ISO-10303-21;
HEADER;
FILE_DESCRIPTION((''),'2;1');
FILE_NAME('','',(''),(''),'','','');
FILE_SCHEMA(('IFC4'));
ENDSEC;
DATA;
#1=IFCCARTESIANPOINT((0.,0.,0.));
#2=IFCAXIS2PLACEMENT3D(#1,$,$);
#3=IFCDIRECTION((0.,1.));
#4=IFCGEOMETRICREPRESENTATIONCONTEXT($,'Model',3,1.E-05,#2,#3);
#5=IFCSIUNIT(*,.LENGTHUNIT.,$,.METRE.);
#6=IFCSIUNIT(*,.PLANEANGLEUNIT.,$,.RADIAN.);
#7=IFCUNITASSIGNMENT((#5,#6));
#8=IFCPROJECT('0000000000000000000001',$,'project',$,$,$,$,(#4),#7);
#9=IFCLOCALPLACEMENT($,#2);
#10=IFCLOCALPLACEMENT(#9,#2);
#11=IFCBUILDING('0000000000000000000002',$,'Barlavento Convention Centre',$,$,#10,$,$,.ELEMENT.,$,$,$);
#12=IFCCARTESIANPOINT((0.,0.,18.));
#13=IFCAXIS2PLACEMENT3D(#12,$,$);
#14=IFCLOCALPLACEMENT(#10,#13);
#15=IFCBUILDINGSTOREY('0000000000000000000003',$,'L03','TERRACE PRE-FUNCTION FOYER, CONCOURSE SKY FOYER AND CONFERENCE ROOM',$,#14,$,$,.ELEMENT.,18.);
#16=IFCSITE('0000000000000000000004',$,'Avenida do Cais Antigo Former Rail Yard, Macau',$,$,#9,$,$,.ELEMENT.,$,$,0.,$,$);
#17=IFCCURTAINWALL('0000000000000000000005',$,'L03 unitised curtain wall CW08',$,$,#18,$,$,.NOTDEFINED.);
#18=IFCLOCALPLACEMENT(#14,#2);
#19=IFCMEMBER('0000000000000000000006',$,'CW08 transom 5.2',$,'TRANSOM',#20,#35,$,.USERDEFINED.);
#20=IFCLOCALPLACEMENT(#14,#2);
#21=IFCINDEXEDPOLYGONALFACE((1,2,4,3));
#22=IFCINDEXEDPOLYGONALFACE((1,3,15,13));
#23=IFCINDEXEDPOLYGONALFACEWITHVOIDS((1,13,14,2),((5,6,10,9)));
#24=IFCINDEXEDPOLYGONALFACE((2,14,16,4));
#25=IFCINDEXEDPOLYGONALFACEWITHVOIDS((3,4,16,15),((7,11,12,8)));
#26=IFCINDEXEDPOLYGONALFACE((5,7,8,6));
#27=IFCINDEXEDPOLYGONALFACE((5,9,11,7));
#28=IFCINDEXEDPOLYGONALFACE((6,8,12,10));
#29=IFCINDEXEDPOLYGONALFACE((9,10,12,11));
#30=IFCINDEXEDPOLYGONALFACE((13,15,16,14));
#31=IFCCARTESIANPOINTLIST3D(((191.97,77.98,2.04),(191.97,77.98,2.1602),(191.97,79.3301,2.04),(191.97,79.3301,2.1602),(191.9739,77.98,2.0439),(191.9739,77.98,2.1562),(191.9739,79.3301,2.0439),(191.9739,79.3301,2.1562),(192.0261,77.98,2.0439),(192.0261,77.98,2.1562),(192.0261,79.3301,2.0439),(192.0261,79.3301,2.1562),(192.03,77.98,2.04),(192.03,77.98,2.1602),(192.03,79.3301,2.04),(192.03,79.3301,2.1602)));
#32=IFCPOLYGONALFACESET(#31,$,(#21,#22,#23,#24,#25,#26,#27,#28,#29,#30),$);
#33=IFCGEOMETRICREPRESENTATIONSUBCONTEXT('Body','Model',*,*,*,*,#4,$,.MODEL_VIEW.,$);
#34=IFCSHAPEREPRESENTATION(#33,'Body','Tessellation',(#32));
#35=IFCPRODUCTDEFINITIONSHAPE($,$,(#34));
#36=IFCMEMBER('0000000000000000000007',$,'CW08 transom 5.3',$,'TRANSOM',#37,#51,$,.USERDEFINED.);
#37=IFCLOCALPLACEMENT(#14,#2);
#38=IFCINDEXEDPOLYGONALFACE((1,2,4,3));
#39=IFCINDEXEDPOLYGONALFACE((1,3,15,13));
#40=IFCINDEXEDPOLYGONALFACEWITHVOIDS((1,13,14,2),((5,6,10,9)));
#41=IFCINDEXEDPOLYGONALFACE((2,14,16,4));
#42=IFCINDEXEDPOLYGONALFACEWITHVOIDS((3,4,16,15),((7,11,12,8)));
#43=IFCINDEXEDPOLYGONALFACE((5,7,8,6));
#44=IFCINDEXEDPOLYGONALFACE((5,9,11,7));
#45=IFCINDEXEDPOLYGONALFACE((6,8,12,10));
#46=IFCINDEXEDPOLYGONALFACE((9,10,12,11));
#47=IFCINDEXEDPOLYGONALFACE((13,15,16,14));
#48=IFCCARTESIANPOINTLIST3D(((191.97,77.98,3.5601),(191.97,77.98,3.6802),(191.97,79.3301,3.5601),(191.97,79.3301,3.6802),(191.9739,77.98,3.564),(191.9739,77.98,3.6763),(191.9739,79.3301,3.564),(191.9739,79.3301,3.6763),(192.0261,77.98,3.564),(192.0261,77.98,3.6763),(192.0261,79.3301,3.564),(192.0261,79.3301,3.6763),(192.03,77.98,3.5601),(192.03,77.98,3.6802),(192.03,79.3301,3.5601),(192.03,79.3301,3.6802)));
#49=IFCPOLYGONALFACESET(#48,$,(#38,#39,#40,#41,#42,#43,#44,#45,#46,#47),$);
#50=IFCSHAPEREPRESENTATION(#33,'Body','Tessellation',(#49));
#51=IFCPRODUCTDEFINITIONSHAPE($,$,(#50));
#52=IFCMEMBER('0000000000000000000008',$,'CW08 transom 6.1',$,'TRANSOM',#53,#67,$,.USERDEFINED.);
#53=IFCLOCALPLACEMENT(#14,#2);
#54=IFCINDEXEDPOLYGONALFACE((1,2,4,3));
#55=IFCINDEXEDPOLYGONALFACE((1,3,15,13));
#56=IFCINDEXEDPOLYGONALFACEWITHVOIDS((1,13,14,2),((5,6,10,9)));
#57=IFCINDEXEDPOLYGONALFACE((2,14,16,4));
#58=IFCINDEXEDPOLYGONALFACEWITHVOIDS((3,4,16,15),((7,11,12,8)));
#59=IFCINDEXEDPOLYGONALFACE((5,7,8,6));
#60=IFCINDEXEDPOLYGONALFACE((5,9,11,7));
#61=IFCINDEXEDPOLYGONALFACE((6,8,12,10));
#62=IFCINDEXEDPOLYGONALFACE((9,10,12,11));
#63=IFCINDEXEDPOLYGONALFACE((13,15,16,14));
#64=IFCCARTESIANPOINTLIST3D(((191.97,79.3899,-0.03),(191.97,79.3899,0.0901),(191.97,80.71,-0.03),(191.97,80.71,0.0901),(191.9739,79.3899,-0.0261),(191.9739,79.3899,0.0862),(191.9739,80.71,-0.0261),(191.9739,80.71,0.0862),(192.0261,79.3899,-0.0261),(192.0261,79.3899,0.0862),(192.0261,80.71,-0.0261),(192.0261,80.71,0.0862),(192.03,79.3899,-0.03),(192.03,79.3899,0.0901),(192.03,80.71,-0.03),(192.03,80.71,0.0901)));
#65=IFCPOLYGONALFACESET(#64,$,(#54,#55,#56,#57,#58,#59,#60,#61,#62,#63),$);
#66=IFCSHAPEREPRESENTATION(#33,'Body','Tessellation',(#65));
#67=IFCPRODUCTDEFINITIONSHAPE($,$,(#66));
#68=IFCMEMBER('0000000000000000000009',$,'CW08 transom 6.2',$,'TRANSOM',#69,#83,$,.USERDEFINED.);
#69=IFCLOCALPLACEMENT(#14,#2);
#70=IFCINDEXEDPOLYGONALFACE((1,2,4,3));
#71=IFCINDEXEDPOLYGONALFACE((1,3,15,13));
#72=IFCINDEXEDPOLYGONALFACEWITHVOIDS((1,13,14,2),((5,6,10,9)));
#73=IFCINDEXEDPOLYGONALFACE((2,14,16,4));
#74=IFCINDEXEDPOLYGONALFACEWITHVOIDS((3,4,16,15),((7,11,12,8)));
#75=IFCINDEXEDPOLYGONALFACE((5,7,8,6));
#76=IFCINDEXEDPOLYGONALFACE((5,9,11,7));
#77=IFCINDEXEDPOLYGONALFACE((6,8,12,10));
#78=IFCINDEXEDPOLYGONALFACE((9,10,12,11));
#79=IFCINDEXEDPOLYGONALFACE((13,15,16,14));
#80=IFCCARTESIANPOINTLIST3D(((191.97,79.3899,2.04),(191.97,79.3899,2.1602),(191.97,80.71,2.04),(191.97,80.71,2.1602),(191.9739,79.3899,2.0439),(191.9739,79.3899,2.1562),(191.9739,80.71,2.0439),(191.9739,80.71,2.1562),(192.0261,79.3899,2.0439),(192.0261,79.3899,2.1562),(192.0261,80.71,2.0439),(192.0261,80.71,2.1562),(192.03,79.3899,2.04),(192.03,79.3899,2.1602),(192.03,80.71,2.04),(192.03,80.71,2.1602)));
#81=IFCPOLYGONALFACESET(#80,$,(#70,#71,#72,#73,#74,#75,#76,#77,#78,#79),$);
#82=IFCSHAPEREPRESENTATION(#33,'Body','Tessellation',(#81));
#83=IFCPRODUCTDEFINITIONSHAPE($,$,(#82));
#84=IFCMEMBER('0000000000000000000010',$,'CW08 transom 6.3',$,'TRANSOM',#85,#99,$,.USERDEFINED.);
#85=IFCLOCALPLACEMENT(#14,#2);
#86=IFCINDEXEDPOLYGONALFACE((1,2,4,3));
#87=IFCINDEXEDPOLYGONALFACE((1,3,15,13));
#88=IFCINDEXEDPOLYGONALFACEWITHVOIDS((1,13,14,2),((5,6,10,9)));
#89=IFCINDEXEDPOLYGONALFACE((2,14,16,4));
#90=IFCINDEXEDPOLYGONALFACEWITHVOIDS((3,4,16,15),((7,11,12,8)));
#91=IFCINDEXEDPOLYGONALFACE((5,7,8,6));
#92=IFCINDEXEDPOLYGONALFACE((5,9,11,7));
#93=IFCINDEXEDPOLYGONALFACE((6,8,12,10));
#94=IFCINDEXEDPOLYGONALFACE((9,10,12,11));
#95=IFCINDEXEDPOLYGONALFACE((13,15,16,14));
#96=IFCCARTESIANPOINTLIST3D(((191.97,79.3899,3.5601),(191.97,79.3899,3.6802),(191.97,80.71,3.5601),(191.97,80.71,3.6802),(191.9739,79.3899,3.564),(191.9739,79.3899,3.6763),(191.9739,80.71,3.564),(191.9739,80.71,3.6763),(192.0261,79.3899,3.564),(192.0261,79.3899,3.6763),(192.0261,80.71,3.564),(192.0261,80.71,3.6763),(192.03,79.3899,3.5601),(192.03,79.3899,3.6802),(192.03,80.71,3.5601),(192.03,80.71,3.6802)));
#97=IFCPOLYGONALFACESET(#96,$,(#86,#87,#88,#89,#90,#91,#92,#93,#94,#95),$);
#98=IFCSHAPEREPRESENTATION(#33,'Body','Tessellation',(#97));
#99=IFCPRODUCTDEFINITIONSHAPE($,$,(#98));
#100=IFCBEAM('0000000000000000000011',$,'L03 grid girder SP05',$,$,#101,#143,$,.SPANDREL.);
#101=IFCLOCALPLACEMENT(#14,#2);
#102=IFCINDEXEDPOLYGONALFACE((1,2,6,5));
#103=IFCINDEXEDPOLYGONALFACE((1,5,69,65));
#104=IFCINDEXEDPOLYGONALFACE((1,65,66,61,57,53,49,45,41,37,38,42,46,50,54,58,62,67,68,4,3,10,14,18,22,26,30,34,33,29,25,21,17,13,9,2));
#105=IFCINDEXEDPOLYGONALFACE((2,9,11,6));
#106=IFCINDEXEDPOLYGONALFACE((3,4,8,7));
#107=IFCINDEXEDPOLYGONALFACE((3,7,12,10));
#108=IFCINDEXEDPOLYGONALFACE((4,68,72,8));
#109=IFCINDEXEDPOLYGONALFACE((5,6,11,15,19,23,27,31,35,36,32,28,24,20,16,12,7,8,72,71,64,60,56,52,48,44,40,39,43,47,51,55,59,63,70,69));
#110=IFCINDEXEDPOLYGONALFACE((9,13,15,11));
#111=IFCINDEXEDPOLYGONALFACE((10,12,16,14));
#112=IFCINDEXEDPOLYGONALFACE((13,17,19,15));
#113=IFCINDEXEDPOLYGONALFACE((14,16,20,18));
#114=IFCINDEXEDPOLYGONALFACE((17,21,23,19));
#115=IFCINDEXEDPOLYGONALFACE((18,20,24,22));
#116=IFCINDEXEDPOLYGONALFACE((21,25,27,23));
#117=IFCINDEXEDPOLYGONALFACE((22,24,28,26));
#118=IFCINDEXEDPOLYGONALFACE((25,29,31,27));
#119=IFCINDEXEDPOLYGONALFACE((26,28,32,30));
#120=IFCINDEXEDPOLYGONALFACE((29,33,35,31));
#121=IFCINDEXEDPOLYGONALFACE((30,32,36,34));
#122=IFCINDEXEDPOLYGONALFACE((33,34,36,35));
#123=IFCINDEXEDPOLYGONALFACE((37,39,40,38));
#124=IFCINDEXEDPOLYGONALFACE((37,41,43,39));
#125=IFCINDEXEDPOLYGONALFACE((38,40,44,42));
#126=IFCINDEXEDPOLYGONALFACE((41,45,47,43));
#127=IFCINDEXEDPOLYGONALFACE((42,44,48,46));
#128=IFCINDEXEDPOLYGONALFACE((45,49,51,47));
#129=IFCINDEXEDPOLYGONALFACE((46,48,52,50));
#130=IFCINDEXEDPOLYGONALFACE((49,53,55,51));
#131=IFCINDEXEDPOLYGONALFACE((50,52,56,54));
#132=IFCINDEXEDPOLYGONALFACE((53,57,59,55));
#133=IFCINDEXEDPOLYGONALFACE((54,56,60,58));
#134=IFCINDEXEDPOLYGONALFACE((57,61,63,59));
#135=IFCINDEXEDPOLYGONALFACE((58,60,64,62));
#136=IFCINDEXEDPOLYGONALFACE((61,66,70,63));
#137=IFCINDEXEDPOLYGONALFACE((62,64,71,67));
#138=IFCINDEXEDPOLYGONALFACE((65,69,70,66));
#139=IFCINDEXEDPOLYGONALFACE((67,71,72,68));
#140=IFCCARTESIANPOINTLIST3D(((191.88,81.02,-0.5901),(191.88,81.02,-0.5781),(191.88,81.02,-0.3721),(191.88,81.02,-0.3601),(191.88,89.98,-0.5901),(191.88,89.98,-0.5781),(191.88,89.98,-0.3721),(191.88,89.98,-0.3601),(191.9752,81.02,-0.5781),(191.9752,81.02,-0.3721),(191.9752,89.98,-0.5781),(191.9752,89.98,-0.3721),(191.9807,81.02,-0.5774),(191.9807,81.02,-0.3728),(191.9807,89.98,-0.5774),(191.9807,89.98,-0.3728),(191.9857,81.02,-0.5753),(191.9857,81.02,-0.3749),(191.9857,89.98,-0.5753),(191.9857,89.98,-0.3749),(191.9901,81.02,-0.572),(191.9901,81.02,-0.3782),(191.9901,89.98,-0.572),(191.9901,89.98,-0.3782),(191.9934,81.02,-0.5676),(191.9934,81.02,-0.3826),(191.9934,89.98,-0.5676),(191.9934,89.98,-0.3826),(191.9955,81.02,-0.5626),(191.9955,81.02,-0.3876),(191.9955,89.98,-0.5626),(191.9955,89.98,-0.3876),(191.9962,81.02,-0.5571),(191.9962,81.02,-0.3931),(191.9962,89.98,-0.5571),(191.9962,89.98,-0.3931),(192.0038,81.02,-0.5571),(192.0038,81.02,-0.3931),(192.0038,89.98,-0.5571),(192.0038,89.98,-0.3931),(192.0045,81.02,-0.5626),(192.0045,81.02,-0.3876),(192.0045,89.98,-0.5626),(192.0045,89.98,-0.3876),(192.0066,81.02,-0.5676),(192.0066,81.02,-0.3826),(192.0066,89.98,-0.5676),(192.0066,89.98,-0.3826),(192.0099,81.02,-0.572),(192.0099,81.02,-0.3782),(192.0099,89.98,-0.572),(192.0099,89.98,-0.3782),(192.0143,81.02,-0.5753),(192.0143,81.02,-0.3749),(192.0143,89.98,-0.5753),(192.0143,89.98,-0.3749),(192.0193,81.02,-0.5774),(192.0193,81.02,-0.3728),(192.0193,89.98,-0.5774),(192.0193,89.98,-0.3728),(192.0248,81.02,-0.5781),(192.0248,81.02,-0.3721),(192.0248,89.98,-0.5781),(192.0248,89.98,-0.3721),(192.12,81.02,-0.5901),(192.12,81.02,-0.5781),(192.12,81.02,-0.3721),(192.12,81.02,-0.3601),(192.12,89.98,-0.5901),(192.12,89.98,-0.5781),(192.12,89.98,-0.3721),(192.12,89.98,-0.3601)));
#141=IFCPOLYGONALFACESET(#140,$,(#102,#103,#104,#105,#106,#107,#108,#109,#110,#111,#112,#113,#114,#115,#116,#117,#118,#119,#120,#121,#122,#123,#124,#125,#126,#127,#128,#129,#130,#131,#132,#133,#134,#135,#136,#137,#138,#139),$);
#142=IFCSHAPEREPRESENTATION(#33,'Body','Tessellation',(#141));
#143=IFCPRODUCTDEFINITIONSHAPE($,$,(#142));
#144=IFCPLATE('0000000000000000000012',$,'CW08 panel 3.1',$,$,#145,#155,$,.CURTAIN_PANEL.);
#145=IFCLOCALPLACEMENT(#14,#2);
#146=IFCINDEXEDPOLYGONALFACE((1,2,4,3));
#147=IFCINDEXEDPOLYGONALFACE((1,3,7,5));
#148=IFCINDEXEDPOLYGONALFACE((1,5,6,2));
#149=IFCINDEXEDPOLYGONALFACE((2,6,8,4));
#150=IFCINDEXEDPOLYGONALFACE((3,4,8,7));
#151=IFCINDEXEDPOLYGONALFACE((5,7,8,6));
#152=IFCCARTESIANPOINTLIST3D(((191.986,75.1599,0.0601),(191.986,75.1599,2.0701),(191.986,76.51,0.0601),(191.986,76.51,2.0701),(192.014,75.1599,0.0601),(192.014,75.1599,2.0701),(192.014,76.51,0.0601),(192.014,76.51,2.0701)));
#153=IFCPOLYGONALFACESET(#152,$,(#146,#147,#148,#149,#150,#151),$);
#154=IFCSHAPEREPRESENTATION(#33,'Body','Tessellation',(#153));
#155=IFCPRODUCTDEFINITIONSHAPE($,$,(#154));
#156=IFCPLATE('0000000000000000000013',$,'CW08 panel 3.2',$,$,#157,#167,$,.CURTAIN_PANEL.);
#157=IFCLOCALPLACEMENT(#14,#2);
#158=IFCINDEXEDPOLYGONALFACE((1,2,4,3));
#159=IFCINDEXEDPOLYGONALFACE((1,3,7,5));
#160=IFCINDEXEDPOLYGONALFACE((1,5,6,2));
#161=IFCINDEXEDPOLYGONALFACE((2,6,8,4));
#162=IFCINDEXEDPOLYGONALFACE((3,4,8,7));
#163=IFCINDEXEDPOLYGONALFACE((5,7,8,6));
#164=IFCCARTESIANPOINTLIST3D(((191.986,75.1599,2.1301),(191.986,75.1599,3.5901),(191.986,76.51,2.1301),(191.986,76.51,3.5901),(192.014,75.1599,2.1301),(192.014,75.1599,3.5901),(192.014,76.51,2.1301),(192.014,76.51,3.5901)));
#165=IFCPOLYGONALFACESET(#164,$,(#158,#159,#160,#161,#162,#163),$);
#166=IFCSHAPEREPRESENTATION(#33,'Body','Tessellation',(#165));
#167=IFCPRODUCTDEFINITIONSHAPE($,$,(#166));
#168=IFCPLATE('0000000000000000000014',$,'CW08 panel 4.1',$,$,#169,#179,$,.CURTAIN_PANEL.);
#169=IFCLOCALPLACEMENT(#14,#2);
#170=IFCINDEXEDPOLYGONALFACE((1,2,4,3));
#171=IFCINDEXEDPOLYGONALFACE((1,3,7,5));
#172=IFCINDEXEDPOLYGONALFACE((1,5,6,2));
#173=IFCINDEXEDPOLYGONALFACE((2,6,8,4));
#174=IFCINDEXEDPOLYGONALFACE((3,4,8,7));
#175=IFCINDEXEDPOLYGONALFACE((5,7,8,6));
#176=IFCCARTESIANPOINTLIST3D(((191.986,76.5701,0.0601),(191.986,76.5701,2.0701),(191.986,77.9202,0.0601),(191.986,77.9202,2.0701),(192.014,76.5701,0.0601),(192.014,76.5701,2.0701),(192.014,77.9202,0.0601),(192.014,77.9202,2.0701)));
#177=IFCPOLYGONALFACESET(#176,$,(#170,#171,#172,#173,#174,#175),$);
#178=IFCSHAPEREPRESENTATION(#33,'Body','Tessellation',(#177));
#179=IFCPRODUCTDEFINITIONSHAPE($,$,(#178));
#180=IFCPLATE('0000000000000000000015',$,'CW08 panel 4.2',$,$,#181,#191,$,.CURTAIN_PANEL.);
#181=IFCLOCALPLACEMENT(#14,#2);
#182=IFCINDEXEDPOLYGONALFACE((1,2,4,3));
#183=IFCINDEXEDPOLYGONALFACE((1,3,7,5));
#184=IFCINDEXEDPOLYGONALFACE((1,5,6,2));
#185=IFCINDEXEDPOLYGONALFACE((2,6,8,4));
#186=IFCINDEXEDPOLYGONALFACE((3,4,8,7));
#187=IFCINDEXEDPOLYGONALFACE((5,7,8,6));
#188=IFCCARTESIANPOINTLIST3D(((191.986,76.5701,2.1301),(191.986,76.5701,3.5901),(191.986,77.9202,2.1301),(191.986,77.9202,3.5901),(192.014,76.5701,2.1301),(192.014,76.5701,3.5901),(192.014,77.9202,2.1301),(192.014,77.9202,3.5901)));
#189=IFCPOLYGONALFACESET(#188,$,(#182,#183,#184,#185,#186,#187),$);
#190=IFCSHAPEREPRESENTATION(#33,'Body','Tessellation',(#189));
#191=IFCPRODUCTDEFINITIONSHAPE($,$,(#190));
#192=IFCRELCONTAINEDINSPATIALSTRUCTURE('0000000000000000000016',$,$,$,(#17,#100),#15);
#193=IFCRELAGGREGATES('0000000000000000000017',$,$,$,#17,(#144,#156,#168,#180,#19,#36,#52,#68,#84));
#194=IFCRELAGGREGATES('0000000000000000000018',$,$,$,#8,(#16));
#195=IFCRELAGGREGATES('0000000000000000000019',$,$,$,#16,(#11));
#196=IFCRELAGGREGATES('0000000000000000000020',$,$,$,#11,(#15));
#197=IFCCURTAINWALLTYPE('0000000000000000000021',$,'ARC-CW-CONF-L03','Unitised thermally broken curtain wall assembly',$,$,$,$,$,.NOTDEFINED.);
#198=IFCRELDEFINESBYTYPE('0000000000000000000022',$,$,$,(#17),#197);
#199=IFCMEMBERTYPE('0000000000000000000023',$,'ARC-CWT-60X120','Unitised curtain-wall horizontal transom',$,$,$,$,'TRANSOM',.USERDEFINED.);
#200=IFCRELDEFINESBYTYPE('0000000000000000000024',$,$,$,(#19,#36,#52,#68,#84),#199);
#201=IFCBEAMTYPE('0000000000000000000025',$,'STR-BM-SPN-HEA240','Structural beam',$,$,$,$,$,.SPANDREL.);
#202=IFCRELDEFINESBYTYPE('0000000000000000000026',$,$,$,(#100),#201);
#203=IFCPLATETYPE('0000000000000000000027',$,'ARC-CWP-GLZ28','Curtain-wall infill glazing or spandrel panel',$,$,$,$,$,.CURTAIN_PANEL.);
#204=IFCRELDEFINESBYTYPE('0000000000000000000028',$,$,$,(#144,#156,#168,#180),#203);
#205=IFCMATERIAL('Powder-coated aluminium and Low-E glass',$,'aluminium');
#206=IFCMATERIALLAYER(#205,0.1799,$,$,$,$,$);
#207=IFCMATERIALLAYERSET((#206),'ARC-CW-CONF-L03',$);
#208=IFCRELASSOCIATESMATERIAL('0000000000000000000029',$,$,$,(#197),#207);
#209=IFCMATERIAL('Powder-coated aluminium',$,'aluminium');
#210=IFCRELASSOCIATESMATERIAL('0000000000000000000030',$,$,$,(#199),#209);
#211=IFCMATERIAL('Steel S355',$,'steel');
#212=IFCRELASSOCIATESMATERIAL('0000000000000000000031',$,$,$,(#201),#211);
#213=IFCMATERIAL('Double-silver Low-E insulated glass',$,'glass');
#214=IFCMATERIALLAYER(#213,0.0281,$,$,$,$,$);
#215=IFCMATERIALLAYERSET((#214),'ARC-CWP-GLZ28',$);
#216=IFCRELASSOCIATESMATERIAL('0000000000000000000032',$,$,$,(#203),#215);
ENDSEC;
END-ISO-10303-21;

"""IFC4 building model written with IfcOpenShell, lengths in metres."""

from ifc_helpers import new_model, si_unit, direction, frame, origin, origin_2d, place, context, subcontext, project, spatial, rectangle, hollow_rectangle, i_section, extrude, material, layer, layer_set, material_profile, profile_set, type_object, element, aggregate, save


model = new_model("IFC4")

# Units and contexts
model_context = context("Model", 3, precision=1e-05, world=origin(), true_north=direction((0.0, 1.0)))
body_context = subcontext(model_context, "Body", "Model", "MODEL_VIEW")
ifc_project = project(units=[si_unit("LENGTHUNIT", "METRE"), si_unit("PLANEANGLEUNIT", "RADIAN")], contexts=[model_context])

# Site, building, storey
site_placement = place(None, origin())
site = spatial("IfcSite", under=ifc_project, at=site_placement, Name="Avenida do Cais Antigo Former Rail Yard, Macau", CompositionType="ELEMENT", RefElevation=0.0)
building_placement = place(site_placement, origin())
building = spatial("IfcBuilding", under=site, at=building_placement, Name="Barlavento Convention Centre", CompositionType="ELEMENT")
storey_placement = place(building_placement, frame((0.0, 0.0, 18.0)))
storey = spatial("IfcBuildingStorey", under=building, at=storey_placement, Name="L03", Description="TERRACE PRE-FUNCTION FOYER, CONCOURSE SKY FOYER AND CONFERENCE ROOM", CompositionType="ELEMENT", Elevation=18.0)

# Shared definitions
ifc_material_1 = material(Name="Steel S355", Category="steel")

# Curtain wall, members
ifc_material_2 = material(Name="Powder-coated aluminium and Low-E glass", Category="aluminium")
ifc_layer_1 = layer(ifc_material_2, 0.1799)
ifc_layer_set_1 = layer_set([ifc_layer_1], Name="ARC-CW-CONF-L03")
curtain_wall_type = type_object("IfcCurtainWallType", Name="ARC-CW-CONF-L03", Description="Unitised thermally broken curtain wall assembly", PredefinedType="NOTDEFINED", material=ifc_layer_set_1)
curtain_wall_placement = place(storey_placement, origin())
curtain_wall = element("IfcCurtainWall", 1, at=curtain_wall_placement, inside=storey, type_object=curtain_wall_type, Name="L03 unitised curtain wall CW08", PredefinedType="NOTDEFINED")
ifc_material_3 = material(Name="Powder-coated aluminium", Category="aluminium")
ifc_material_profile_1 = material_profile(ifc_material_3, hollow_rectangle(XDim=0.0601, YDim=0.1201, WallThickness=0.0039, at=origin_2d()), Name="AL-TRAN 60x120x4")
ifc_profile_set_1 = profile_set([ifc_material_profile_1], Name="Powder-coated aluminium")
member_type_1 = type_object("IfcMemberType", Name="ARC-CWT-60X120", Description="Unitised curtain-wall horizontal transom", ElementType="TRANSOM", PredefinedType="USERDEFINED", material=ifc_profile_set_1)
member_1_placement = place(storey_placement, frame((192.0, 77.98, 2.1001), z_axis=(0.0, 1.0, 0.0), x_axis=(-1.0, 0.0, 0.0)))
member_1 = element("IfcMember", 2, at=member_1_placement, type_object=member_type_1, Name="CW08 transom 5.2", ObjectType="TRANSOM", PredefinedType="USERDEFINED", context=body_context, shape_type="SweptSolid", body=[
    extrude(hollow_rectangle(XDim=0.0601, YDim=0.1201, WallThickness=0.0039, at=origin_2d()), origin(), (0.0, 0.0, 1.0), 1.3501),
])
member_2_placement = place(storey_placement, frame((192.0, 77.98, 3.6201), z_axis=(0.0, 1.0, 0.0), x_axis=(-1.0, 0.0, 0.0)))
member_2 = element("IfcMember", 3, at=member_2_placement, type_object=member_type_1, Name="CW08 transom 5.3", ObjectType="TRANSOM", PredefinedType="USERDEFINED", context=body_context, shape_type="SweptSolid", body=[
    extrude(hollow_rectangle(XDim=0.0601, YDim=0.1201, WallThickness=0.0039, at=origin_2d()), origin(), (0.0, 0.0, 1.0), 1.3501),
])
member_3_placement = place(storey_placement, frame((192.0, 79.3899, 0.03), z_axis=(0.0, 1.0, 0.0), x_axis=(-1.0, 0.0, 0.0)))
member_3 = element("IfcMember", 4, at=member_3_placement, type_object=member_type_1, Name="CW08 transom 6.1", ObjectType="TRANSOM", PredefinedType="USERDEFINED", context=body_context, shape_type="SweptSolid", body=[
    extrude(hollow_rectangle(XDim=0.0601, YDim=0.1201, WallThickness=0.0039, at=origin_2d()), origin(), (0.0, 0.0, 1.0), 1.3201),
])
member_4_placement = place(storey_placement, frame((192.0, 79.3899, 2.1001), z_axis=(0.0, 1.0, 0.0), x_axis=(-1.0, 0.0, 0.0)))
member_4 = element("IfcMember", 5, at=member_4_placement, type_object=member_type_1, Name="CW08 transom 6.2", ObjectType="TRANSOM", PredefinedType="USERDEFINED", context=body_context, shape_type="SweptSolid", body=[
    extrude(hollow_rectangle(XDim=0.0601, YDim=0.1201, WallThickness=0.0039, at=origin_2d()), origin(), (0.0, 0.0, 1.0), 1.3201),
])
member_5_placement = place(storey_placement, frame((192.0, 79.3899, 3.6201), z_axis=(0.0, 1.0, 0.0), x_axis=(-1.0, 0.0, 0.0)))
member_5 = element("IfcMember", 6, at=member_5_placement, type_object=member_type_1, Name="CW08 transom 6.3", ObjectType="TRANSOM", PredefinedType="USERDEFINED", context=body_context, shape_type="SweptSolid", body=[
    extrude(hollow_rectangle(XDim=0.0601, YDim=0.1201, WallThickness=0.0039, at=origin_2d()), origin(), (0.0, 0.0, 1.0), 1.3201),
])

# Beam
ifc_material_profile_2 = material_profile(ifc_material_1, i_section(OverallWidth=0.24, OverallDepth=0.23, WebThickness=0.0076, FlangeThickness=0.012, FilletRadius=0.021, at=origin_2d()), Name="HEA 240")
ifc_profile_set_2 = profile_set([ifc_material_profile_2], Name="Steel S355")
beam_type = type_object("IfcBeamType", Name="STR-BM-SPN-HEA240", Description="Structural beam", PredefinedType="SPANDREL", material=ifc_profile_set_2)
beam_placement = place(storey_placement, frame((192.0, 81.02, -0.4751), z_axis=(0.0, 1.0, 0.0), x_axis=(-1.0, 0.0, 0.0)))
element("IfcBeam", 7, at=beam_placement, inside=storey, type_object=beam_type, Name="L03 grid girder SP05", PredefinedType="SPANDREL", context=body_context, shape_type="SweptSolid", body=[
    extrude(i_section(OverallWidth=0.24, OverallDepth=0.23, WebThickness=0.0076, FlangeThickness=0.012, FilletRadius=0.021, at=origin_2d()), origin(), (0.0, 0.0, 1.0), 8.96),
])

# Plates
ifc_material_4 = material(Name="Double-silver Low-E insulated glass", Category="glass")
ifc_layer_2 = layer(ifc_material_4, 0.0281)
ifc_layer_set_2 = layer_set([ifc_layer_2], Name="ARC-CWP-GLZ28")
plate_type = type_object("IfcPlateType", Name="ARC-CWP-GLZ28", Description="Curtain-wall infill glazing or spandrel panel", PredefinedType="CURTAIN_PANEL", material=ifc_layer_set_2)
plate_1_placement = place(storey_placement, frame((192.0, 75.835, 0.0601), z_axis=(0.0, 0.0, 1.0), x_axis=(0.0, 1.0, 0.0)))
plate_1 = element("IfcPlate", 8, at=plate_1_placement, type_object=plate_type, Name="CW08 panel 3.1", PredefinedType="CURTAIN_PANEL", context=body_context, shape_type="SweptSolid", body=[
    extrude(rectangle(XDim=1.3501, YDim=0.0281, at=origin_2d()), origin(), (0.0, 0.0, 1.0), 2.01),
])
plate_2_placement = place(storey_placement, frame((192.0, 75.835, 2.1301), z_axis=(0.0, 0.0, 1.0), x_axis=(0.0, 1.0, 0.0)))
plate_2 = element("IfcPlate", 9, at=plate_2_placement, type_object=plate_type, Name="CW08 panel 3.2", PredefinedType="CURTAIN_PANEL", context=body_context, shape_type="SweptSolid", body=[
    extrude(rectangle(XDim=1.3501, YDim=0.0281, at=origin_2d()), origin(), (0.0, 0.0, 1.0), 1.46),
])
plate_3_placement = place(storey_placement, frame((192.0, 77.2451, 0.0601), z_axis=(0.0, 0.0, 1.0), x_axis=(0.0, 1.0, 0.0)))
plate_3 = element("IfcPlate", 10, at=plate_3_placement, type_object=plate_type, Name="CW08 panel 4.1", PredefinedType="CURTAIN_PANEL", context=body_context, shape_type="SweptSolid", body=[
    extrude(rectangle(XDim=1.3501, YDim=0.0281, at=origin_2d()), origin(), (0.0, 0.0, 1.0), 2.01),
])
plate_4_placement = place(storey_placement, frame((192.0, 77.2451, 2.1301), z_axis=(0.0, 0.0, 1.0), x_axis=(0.0, 1.0, 0.0)))
plate_4 = element("IfcPlate", 11, at=plate_4_placement, type_object=plate_type, Name="CW08 panel 4.2", PredefinedType="CURTAIN_PANEL", context=body_context, shape_type="SweptSolid", body=[
    extrude(rectangle(XDim=1.3501, YDim=0.0281, at=origin_2d()), origin(), (0.0, 0.0, 1.0), 1.46),
])
aggregate(curtain_wall, [plate_1, plate_2, plate_3, plate_4, member_1, member_2, member_3, member_4, member_5])

save(model, "model.ifc")
